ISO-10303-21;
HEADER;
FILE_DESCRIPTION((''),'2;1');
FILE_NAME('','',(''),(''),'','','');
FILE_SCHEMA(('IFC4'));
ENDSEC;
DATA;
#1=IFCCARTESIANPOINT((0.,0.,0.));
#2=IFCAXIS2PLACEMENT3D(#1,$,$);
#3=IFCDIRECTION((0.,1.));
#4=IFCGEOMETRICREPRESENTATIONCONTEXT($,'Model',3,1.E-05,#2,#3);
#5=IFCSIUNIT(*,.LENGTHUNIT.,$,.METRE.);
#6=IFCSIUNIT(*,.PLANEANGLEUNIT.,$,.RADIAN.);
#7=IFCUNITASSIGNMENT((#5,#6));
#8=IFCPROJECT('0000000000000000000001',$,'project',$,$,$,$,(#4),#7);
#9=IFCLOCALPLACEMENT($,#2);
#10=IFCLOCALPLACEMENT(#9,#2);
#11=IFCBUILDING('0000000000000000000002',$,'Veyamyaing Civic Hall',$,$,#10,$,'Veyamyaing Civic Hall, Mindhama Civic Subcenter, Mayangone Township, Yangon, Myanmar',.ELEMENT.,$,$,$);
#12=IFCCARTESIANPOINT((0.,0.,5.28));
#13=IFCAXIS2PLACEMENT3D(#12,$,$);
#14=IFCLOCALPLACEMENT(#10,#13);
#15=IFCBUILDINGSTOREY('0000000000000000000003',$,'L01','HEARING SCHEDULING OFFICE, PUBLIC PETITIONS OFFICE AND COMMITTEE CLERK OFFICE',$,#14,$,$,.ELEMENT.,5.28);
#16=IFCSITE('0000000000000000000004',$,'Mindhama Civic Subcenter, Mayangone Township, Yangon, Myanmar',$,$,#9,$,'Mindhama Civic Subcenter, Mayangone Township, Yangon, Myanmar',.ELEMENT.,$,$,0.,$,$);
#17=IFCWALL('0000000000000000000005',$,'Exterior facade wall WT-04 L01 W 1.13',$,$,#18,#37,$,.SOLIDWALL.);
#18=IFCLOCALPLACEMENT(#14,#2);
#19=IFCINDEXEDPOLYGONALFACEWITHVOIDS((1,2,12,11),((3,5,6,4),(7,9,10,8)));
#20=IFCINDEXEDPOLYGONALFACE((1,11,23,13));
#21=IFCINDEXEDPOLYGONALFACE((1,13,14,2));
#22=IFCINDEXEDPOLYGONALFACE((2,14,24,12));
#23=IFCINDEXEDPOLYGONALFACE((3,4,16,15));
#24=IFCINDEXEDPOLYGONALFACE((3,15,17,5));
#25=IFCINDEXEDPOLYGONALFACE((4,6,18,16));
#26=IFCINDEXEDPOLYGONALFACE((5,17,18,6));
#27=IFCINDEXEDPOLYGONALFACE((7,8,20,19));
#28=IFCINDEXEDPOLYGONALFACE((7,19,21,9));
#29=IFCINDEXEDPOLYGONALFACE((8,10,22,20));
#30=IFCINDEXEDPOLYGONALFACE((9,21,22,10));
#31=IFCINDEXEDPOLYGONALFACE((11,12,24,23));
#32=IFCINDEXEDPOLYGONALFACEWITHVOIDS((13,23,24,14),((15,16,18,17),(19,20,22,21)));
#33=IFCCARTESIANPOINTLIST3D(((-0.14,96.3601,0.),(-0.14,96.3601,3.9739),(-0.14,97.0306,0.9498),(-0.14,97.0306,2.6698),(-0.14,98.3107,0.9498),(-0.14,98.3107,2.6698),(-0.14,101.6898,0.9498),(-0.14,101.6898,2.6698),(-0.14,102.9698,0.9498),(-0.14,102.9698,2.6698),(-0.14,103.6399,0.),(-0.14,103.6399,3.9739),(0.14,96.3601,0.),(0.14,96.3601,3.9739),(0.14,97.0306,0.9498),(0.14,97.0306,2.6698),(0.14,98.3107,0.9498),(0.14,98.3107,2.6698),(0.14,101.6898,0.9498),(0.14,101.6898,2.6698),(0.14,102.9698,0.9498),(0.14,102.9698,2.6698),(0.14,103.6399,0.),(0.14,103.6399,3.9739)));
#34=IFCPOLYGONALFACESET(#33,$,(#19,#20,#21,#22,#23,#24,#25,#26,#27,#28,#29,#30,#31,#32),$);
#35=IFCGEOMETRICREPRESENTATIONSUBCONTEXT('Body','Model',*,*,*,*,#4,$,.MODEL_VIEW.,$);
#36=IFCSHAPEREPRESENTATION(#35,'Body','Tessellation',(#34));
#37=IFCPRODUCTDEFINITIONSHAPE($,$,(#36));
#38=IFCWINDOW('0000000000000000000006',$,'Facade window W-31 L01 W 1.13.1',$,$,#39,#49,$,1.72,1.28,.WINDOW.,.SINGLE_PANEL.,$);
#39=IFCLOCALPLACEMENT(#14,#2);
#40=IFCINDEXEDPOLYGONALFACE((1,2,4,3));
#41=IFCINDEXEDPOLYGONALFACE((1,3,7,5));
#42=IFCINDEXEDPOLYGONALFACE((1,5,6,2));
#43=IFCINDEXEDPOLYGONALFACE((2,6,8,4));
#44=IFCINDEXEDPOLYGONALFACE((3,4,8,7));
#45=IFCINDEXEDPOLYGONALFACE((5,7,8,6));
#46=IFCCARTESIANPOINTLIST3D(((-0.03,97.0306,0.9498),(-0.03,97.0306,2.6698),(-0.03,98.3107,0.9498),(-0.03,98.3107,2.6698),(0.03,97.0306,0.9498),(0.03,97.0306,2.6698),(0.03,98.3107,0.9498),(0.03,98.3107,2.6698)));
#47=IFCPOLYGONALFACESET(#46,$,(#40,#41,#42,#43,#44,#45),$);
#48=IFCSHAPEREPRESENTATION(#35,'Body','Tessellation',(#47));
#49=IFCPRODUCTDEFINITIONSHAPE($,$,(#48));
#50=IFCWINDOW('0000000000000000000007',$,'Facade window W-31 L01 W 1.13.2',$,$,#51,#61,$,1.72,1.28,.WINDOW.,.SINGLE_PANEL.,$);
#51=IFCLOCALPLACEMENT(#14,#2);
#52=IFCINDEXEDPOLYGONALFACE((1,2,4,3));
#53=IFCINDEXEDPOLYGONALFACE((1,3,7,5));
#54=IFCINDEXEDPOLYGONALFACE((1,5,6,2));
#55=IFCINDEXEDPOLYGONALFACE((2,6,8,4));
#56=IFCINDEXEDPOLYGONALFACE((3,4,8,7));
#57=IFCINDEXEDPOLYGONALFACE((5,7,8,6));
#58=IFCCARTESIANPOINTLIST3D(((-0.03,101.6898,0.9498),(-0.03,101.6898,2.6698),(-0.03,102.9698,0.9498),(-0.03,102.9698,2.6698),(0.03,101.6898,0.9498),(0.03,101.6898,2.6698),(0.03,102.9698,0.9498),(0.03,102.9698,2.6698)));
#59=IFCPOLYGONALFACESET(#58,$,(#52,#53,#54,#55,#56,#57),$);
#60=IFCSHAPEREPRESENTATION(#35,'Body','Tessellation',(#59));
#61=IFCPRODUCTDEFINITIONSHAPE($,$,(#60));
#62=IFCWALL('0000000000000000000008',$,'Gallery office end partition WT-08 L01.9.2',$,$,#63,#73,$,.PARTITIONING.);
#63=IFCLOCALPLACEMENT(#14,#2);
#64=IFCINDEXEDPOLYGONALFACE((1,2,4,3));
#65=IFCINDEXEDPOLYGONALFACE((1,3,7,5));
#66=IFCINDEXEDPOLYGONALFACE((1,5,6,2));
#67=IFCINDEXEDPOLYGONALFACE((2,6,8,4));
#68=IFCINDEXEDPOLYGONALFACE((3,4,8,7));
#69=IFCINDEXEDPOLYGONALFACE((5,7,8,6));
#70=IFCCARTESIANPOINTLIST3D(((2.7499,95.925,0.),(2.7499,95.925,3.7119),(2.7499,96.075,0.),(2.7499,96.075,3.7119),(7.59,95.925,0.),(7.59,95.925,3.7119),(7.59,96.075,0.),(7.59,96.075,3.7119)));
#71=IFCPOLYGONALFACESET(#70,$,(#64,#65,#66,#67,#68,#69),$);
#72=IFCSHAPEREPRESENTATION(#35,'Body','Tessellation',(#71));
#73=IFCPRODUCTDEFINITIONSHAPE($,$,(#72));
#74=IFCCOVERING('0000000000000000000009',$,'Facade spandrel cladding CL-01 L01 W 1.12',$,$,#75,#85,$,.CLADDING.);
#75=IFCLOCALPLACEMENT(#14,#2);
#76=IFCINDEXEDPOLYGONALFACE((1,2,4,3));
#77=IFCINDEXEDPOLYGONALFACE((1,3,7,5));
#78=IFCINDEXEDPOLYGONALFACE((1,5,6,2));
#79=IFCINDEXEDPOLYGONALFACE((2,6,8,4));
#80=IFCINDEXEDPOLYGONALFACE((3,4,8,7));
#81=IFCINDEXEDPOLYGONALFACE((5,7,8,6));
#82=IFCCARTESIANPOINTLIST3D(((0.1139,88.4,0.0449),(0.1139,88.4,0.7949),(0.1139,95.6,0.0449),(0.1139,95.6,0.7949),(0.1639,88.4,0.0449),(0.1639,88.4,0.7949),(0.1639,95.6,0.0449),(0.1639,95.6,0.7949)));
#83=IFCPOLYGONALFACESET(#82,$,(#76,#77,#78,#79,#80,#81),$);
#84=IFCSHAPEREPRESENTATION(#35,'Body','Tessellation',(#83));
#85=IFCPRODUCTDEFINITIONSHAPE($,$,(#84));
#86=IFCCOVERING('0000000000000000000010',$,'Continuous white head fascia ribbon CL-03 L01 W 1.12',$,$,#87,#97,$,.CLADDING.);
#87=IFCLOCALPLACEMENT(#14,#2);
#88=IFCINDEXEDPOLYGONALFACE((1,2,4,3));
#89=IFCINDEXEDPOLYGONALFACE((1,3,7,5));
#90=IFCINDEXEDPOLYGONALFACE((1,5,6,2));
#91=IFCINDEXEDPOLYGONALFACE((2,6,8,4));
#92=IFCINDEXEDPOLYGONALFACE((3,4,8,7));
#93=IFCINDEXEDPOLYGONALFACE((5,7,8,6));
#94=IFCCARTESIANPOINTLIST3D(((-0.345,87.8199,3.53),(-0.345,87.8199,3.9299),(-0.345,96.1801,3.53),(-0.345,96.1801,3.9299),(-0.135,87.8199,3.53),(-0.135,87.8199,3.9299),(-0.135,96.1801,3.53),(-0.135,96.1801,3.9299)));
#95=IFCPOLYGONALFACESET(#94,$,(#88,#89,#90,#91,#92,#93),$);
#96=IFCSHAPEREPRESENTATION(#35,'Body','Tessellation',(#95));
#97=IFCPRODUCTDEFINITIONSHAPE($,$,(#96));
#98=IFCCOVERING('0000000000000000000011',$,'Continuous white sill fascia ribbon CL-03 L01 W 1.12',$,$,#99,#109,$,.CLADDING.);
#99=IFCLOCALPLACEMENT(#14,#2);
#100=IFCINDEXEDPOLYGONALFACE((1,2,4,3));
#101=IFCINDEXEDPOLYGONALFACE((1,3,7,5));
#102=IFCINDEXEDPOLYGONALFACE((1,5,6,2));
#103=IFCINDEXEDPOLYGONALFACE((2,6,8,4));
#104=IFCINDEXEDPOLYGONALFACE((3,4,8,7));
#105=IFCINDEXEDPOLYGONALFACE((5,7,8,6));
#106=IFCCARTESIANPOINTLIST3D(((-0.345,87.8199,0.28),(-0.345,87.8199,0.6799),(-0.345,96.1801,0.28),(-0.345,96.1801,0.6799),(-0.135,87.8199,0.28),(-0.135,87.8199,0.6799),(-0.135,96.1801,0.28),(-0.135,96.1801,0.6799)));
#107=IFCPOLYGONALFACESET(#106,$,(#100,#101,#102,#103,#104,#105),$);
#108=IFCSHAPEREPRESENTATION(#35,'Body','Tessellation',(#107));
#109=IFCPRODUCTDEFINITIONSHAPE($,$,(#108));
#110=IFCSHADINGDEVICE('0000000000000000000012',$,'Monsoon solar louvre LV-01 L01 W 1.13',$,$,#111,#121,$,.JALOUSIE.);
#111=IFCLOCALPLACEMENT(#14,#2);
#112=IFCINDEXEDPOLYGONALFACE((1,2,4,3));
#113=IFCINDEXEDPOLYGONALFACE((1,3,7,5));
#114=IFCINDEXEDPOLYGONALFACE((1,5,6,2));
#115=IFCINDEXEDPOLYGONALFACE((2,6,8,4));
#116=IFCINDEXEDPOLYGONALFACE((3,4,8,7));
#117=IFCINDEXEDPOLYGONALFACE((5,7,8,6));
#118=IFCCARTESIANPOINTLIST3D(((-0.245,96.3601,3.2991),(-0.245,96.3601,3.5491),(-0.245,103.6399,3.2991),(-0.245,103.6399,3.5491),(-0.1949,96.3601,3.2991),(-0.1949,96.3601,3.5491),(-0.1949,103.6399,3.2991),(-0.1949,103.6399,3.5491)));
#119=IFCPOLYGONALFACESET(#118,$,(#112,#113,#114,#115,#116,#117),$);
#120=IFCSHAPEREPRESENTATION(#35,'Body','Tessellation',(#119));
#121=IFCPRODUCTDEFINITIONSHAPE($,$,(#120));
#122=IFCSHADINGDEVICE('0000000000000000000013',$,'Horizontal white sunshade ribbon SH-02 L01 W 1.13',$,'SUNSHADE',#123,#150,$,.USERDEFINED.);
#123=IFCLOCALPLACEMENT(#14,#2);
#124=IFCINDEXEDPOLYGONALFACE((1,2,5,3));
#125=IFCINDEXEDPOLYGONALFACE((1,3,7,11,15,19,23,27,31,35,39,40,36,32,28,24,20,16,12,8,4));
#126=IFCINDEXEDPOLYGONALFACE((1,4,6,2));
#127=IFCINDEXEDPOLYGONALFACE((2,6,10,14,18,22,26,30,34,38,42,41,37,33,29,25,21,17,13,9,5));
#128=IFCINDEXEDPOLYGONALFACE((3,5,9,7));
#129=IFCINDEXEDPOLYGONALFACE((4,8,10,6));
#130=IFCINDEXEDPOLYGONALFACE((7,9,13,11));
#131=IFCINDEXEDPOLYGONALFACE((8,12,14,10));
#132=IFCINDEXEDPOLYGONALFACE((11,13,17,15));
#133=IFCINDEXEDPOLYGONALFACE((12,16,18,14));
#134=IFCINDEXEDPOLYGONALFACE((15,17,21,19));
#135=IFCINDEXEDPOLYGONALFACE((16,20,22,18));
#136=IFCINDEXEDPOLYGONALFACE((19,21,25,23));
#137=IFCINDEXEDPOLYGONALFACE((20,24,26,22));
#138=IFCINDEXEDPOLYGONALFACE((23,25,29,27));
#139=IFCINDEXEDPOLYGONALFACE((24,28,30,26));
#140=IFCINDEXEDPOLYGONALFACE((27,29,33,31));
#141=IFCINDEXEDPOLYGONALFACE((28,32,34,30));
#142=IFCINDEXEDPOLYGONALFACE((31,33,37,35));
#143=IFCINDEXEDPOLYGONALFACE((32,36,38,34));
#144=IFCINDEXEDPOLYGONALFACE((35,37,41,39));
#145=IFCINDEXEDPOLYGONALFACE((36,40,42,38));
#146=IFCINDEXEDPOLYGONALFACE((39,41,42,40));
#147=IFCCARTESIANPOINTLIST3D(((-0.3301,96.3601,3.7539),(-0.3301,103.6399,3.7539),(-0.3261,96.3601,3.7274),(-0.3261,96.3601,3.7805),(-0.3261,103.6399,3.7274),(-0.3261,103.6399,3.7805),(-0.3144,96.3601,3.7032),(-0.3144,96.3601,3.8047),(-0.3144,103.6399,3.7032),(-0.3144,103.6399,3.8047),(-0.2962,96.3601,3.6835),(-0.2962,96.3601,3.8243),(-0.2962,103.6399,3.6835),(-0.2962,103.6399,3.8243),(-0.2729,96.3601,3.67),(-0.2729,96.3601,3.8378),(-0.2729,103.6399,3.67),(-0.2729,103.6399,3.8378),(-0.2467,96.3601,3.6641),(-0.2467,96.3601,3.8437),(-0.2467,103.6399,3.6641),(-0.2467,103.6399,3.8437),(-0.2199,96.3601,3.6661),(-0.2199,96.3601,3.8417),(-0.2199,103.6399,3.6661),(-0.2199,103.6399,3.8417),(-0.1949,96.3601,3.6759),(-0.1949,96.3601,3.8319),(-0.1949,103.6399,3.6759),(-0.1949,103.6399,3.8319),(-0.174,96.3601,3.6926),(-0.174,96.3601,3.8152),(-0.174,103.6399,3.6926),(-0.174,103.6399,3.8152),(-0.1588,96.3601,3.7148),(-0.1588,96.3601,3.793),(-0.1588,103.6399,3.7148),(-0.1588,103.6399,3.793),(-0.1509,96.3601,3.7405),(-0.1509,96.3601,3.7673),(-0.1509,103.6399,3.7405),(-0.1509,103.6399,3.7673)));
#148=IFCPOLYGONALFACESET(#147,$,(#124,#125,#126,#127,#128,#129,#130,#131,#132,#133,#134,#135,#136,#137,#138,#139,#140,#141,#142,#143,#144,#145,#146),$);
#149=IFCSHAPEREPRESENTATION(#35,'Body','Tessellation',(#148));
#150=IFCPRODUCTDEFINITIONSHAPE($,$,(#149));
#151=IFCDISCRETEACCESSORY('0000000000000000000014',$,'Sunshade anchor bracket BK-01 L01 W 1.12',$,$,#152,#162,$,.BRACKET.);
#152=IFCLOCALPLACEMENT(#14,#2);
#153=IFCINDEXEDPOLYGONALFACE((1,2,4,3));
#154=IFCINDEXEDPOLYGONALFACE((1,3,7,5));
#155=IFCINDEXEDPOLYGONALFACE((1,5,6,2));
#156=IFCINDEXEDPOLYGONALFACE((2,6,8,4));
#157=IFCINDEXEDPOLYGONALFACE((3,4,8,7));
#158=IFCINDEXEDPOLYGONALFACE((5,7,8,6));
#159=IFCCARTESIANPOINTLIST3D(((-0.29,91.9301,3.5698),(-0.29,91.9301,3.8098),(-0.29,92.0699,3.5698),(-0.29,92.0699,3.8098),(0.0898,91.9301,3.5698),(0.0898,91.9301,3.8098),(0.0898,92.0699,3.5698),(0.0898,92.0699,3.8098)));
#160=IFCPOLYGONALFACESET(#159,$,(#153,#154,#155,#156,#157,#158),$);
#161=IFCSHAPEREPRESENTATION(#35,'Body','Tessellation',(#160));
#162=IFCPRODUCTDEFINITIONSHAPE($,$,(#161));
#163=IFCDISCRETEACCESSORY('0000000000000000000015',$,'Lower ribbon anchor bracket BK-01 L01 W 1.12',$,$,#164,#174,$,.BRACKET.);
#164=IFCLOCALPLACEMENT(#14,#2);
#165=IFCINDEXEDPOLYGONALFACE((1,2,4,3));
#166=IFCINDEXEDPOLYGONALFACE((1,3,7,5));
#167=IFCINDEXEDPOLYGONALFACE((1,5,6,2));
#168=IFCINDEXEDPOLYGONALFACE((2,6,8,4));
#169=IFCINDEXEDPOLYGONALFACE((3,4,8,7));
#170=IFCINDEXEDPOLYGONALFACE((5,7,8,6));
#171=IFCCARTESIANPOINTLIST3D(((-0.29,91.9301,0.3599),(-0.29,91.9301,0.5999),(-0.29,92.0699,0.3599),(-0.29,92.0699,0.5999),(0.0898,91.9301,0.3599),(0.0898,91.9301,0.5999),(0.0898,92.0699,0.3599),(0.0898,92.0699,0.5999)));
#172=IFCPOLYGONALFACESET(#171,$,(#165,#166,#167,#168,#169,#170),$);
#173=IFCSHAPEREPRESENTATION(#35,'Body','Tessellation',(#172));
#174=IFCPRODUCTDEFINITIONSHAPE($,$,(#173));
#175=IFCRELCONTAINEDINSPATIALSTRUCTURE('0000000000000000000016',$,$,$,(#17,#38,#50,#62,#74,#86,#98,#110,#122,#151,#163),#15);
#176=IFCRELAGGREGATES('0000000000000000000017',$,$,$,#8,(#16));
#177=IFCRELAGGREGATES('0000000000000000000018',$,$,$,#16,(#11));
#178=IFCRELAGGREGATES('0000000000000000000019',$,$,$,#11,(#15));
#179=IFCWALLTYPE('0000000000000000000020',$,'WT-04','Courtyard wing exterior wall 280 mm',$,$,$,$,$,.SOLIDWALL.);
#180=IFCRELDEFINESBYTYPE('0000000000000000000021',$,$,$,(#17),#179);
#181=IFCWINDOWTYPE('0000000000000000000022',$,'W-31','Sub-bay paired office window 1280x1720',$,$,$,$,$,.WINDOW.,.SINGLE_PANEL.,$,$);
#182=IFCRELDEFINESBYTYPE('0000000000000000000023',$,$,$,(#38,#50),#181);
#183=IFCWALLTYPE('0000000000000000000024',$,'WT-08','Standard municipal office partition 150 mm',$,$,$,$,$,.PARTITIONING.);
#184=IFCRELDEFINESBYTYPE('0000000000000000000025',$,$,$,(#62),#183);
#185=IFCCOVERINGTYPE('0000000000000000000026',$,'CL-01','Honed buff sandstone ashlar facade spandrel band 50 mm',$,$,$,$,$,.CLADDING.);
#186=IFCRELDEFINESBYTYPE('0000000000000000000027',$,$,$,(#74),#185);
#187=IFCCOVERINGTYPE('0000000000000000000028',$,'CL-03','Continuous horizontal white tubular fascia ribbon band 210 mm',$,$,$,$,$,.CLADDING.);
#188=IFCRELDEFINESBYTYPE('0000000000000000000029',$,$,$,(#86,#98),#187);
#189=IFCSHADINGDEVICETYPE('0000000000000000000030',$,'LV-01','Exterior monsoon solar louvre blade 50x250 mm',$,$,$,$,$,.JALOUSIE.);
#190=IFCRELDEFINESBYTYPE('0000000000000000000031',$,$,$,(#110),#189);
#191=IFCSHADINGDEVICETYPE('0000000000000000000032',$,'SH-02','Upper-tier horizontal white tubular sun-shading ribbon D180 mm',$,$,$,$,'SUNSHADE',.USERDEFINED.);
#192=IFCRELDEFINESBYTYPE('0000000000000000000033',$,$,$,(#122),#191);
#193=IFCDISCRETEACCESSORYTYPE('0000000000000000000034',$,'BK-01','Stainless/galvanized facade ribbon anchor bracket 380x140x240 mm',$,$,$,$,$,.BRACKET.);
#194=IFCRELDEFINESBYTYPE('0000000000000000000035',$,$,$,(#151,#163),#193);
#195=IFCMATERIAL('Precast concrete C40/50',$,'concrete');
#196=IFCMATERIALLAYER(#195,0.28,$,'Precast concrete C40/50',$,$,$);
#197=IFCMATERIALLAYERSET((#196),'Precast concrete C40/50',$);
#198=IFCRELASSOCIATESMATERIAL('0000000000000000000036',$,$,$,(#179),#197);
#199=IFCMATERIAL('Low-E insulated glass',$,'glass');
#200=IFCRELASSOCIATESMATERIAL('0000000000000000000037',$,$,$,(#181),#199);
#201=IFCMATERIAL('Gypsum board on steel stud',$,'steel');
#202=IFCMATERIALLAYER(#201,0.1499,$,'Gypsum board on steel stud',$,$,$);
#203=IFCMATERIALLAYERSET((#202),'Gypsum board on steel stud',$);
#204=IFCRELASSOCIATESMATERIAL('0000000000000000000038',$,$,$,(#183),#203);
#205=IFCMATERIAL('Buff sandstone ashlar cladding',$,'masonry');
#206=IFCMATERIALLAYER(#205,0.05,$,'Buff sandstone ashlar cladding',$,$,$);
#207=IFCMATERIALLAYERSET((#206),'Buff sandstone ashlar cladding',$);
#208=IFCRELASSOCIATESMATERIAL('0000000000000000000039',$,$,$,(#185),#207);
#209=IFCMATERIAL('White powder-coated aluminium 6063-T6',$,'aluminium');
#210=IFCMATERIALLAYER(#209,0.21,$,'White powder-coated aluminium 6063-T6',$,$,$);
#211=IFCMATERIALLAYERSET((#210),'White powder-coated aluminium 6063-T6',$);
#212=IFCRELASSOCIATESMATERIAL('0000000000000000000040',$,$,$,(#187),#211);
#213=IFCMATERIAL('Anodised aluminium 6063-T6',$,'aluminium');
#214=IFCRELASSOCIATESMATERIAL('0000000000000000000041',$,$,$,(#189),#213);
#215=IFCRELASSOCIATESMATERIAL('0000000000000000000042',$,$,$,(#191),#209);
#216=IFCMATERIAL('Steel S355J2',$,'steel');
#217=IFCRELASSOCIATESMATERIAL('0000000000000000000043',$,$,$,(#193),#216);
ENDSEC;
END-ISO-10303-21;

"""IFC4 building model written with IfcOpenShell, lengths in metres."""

from ifc_helpers import new_model, si_unit, direction, frame, frame_2d, origin, origin_2d, place, context, subcontext, project, spatial, rectangle, circle, extrude, material, layer, layer_set, material_profile, profile_set, type_object, element, fill, save


model = new_model("IFC4")

# Units and contexts
model_context = context("Model", 3, precision=1e-05, world=origin(), true_north=direction((0.0, 1.0)))
body_context = subcontext(model_context, "Body", "Model", "MODEL_VIEW")
ifc_project = project(units=[si_unit("LENGTHUNIT", "METRE"), si_unit("PLANEANGLEUNIT", "RADIAN")], contexts=[model_context])

# Site, building, storey
site_placement = place(None, origin())
site = spatial("IfcSite", under=ifc_project, at=site_placement, Name="Mindhama Civic Subcenter, Mayangone Township, Yangon, Myanmar", LongName="Mindhama Civic Subcenter, Mayangone Township, Yangon, Myanmar", CompositionType="ELEMENT", RefElevation=0.0)
building_placement = place(site_placement, origin())
building = spatial("IfcBuilding", under=site, at=building_placement, Name="Veyamyaing Civic Hall", LongName="Veyamyaing Civic Hall, Mindhama Civic Subcenter, Mayangone Township, Yangon, Myanmar", CompositionType="ELEMENT")
storey_placement = place(building_placement, frame((0.0, 0.0, 5.28)))
storey = spatial("IfcBuildingStorey", under=building, at=storey_placement, Name="L01", Description="HEARING SCHEDULING OFFICE, PUBLIC PETITIONS OFFICE AND COMMITTEE CLERK OFFICE", CompositionType="ELEMENT", Elevation=5.28)

# Shared definitions
ifc_material_1 = material(Name="Steel S355J2", Category="steel")

# Wall, openings, windows
ifc_material_2 = material(Name="Precast concrete C40/50", Category="concrete")
ifc_layer_1 = layer(ifc_material_2, 0.28, Name="Precast concrete C40/50")
ifc_layer_set_1 = layer_set([ifc_layer_1], Name="Precast concrete C40/50")
wall_type_1 = type_object("IfcWallType", Name="WT-04", Description="Courtyard wing exterior wall 280 mm", PredefinedType="SOLIDWALL", material=ifc_layer_set_1)
wall_1_placement = place(storey_placement, frame((0.0, 96.3601, 0.0), z_axis=(0.0, 0.0, 1.0), x_axis=(0.0, 1.0, 0.0)))
wall_1 = element("IfcWall", 1, at=wall_1_placement, inside=storey, type_object=wall_type_1, Name="Exterior facade wall WT-04 L01 W 1.13", PredefinedType="SOLIDWALL", context=body_context, shape_type="SweptSolid", body=[
    extrude(rectangle(XDim=7.2798, YDim=0.28, at=frame_2d((3.6399, 0.0))), origin(), (0.0, 0.0, 1.0), 3.9739),
])
opening_1_placement = place(wall_1_placement, frame((0.6704, 0.0, 0.95)))
opening_1 = element("IfcOpeningElement", 2, at=opening_1_placement, cuts=wall_1, PredefinedType="OPENING", context=body_context, shape_type="SweptSolid", body=[
    extrude(rectangle(XDim=1.28, YDim=1.72, at=frame_2d((0.6401, 0.8599))), frame((0.0, 0.1499, 0.0), z_axis=(0.0, -1.0, 0.0), x_axis=(1.0, 0.0, 0.0)), (0.0, 0.0, 1.0), 0.3),
])
opening_2_placement = place(wall_1_placement, frame((5.3296, 0.0, 0.95)))
opening_2 = element("IfcOpeningElement", 3, at=opening_2_placement, cuts=wall_1, PredefinedType="OPENING", context=body_context, shape_type="SweptSolid", body=[
    extrude(rectangle(XDim=1.28, YDim=1.72, at=frame_2d((0.6401, 0.8599))), frame((0.0, 0.1499, 0.0), z_axis=(0.0, -1.0, 0.0), x_axis=(1.0, 0.0, 0.0)), (0.0, 0.0, 1.0), 0.3),
])
ifc_material_3 = material(Name="Low-E insulated glass", Category="glass")
window_type = type_object("IfcWindowType", Name="W-31", Description="Sub-bay paired office window 1280x1720", PartitioningType="SINGLE_PANEL", PredefinedType="WINDOW", material=ifc_material_3)
window_1_placement = place(opening_1_placement, origin())
window_1 = element("IfcWindow", 4, at=window_1_placement, inside=storey, type_object=window_type, Name="Facade window W-31 L01 W 1.13.1", OverallHeight=1.72, OverallWidth=1.28, PartitioningType="SINGLE_PANEL", PredefinedType="WINDOW", context=body_context, shape_type="SweptSolid", body=[
    extrude(rectangle(XDim=1.28, YDim=1.72, at=frame_2d((0.6401, 0.8599))), frame((0.0, 0.03, 0.0), z_axis=(0.0, -1.0, 0.0), x_axis=(1.0, 0.0, 0.0)), (0.0, 0.0, 1.0), 0.0601),
])
fill(opening_1, window_1)
window_2_placement = place(opening_2_placement, origin())
window_2 = element("IfcWindow", 5, at=window_2_placement, inside=storey, type_object=window_type, Name="Facade window W-31 L01 W 1.13.2", OverallHeight=1.72, OverallWidth=1.28, PartitioningType="SINGLE_PANEL", PredefinedType="WINDOW", context=body_context, shape_type="SweptSolid", body=[
    extrude(rectangle(XDim=1.28, YDim=1.72, at=frame_2d((0.6401, 0.8599))), frame((0.0, 0.03, 0.0), z_axis=(0.0, -1.0, 0.0), x_axis=(1.0, 0.0, 0.0)), (0.0, 0.0, 1.0), 0.0601),
])
fill(opening_2, window_2)

# Wall
ifc_material_4 = material(Name="Gypsum board on steel stud", Category="steel")
ifc_layer_2 = layer(ifc_material_4, 0.1499, Name="Gypsum board on steel stud")
ifc_layer_set_2 = layer_set([ifc_layer_2], Name="Gypsum board on steel stud")
wall_type_2 = type_object("IfcWallType", Name="WT-08", Description="Standard municipal office partition 150 mm", PredefinedType="PARTITIONING", material=ifc_layer_set_2)
wall_2_placement = place(storey_placement, frame((2.75, 96.0, 0.0), z_axis=(0.0, 0.0, 1.0), x_axis=(1.0, 0.0, 0.0)))
element("IfcWall", 6, at=wall_2_placement, inside=storey, type_object=wall_type_2, Name="Gallery office end partition WT-08 L01.9.2", PredefinedType="PARTITIONING", context=body_context, shape_type="SweptSolid", body=[
    extrude(rectangle(XDim=4.8401, YDim=0.1499, at=frame_2d((2.4199, 0.0))), origin(), (0.0, 0.0, 1.0), 3.7119),
])

# Coverings
ifc_material_5 = material(Name="Buff sandstone ashlar cladding", Category="masonry")
ifc_layer_3 = layer(ifc_material_5, 0.05, Name="Buff sandstone ashlar cladding")
ifc_layer_set_3 = layer_set([ifc_layer_3], Name="Buff sandstone ashlar cladding")
covering_type_1 = type_object("IfcCoveringType", Name="CL-01", Description="Honed buff sandstone ashlar facade spandrel band 50 mm", PredefinedType="CLADDING", material=ifc_layer_set_3)
covering_placement = place(storey_placement, frame((0.1389, 92.0, 0.0449), z_axis=(0.0, 0.0, 1.0), x_axis=(0.0, 1.0, 0.0)))
element("IfcCovering", 7, at=covering_placement, inside=storey, type_object=covering_type_1, Name="Facade spandrel cladding CL-01 L01 W 1.12", PredefinedType="CLADDING", context=body_context, shape_type="SweptSolid", body=[
    extrude(rectangle(XDim=7.2, YDim=0.05, at=origin_2d()), origin(), (0.0, 0.0, 1.0), 0.75),
])
ifc_material_6 = material(Name="White powder-coated aluminium 6063-T6", Category="aluminium")
ifc_layer_4 = layer(ifc_material_6, 0.21, Name="White powder-coated aluminium 6063-T6")
ifc_layer_set_4 = layer_set([ifc_layer_4], Name="White powder-coated aluminium 6063-T6")
covering_type_2 = type_object("IfcCoveringType", Name="CL-03", Description="Continuous horizontal white tubular fascia ribbon band 210 mm", PredefinedType="CLADDING", material=ifc_layer_set_4)
for number, where, z_axis, x_axis, name in (
    (8, (-0.24, 92.0, 3.53), (0.0, 0.0, 1.0), (0.0, 1.0, 0.0), "Continuous white head fascia ribbon CL-03 L01 W 1.12"),
    (9, (-0.24, 92.0, 0.28), (0.0, 0.0, 1.0), (0.0, 1.0, 0.0), "Continuous white sill fascia ribbon CL-03 L01 W 1.12"),
):
    element("IfcCovering", number, at=place(storey_placement, frame(where, z_axis=z_axis, x_axis=x_axis)), inside=storey, type_object=covering_type_2, Name=name, PredefinedType="CLADDING", context=body_context, shape_type="SweptSolid", body=[
        extrude(rectangle(XDim=8.3601, YDim=0.21, at=origin_2d()), origin(), (0.0, 0.0, 1.0), 0.3999),
    ])

# Shading devices
ifc_material_7 = material(Name="Anodised aluminium 6063-T6", Category="aluminium")
ifc_material_profile_1 = material_profile(ifc_material_7, rectangle(XDim=0.05, YDim=0.25, at=origin_2d()), Name="LOUVRE-BLADE-50X250")
ifc_profile_set_1 = profile_set([ifc_material_profile_1], Name="Anodised aluminium 6063-T6")
shading_device_type_1 = type_object("IfcShadingDeviceType", Name="LV-01", Description="Exterior monsoon solar louvre blade 50x250 mm", PredefinedType="JALOUSIE", material=ifc_profile_set_1)
shading_device_1_placement = place(storey_placement, frame((-0.22, 96.3601, 3.4241), z_axis=(0.0, 1.0, 0.0), x_axis=(-1.0, 0.0, 0.0)))
element("IfcShadingDevice", 10, at=shading_device_1_placement, inside=storey, type_object=shading_device_type_1, Name="Monsoon solar louvre LV-01 L01 W 1.13", PredefinedType="JALOUSIE", context=body_context, shape_type="SweptSolid", body=[
    extrude(rectangle(XDim=0.05, YDim=0.25, at=origin_2d()), origin(), (0.0, 0.0, 1.0), 7.2798),
])
ifc_material_profile_2 = material_profile(ifc_material_6, circle(Radius=0.0901, at=origin_2d()), Name="SHADE-TUBE-180")
ifc_profile_set_2 = profile_set([ifc_material_profile_2], Name="White powder-coated aluminium 6063-T6")
shading_device_type_2 = type_object("IfcShadingDeviceType", Name="SH-02", Description="Upper-tier horizontal white tubular sun-shading ribbon D180 mm", ElementType="SUNSHADE", PredefinedType="USERDEFINED", material=ifc_profile_set_2)
shading_device_2_placement = place(storey_placement, frame((-0.24, 96.3601, 3.7539), z_axis=(0.0, 1.0, 0.0), x_axis=(-1.0, 0.0, 0.0)))
element("IfcShadingDevice", 11, at=shading_device_2_placement, inside=storey, type_object=shading_device_type_2, Name="Horizontal white sunshade ribbon SH-02 L01 W 1.13", ObjectType="SUNSHADE", PredefinedType="USERDEFINED", context=body_context, shape_type="SweptSolid", body=[
    extrude(circle(Radius=0.0901, at=origin_2d()), origin(), (0.0, 0.0, 1.0), 7.2798),
])

# Discrete accessories
discrete_accessory_type = type_object("IfcDiscreteAccessoryType", Name="BK-01", Description="Stainless/galvanized facade ribbon anchor bracket 380x140x240 mm", PredefinedType="BRACKET", material=ifc_material_1)
for number, where, z_axis, x_axis, name in (
    (12, (-0.1001, 92.0, 3.5698), (0.0, 0.0, 1.0), (-1.0, 0.0, 0.0), "Sunshade anchor bracket BK-01 L01 W 1.12"),
    (13, (-0.1001, 92.0, 0.3599), (0.0, 0.0, 1.0), (-1.0, 0.0, 0.0), "Lower ribbon anchor bracket BK-01 L01 W 1.12"),
):
    element("IfcDiscreteAccessory", number, at=place(storey_placement, frame(where, z_axis=z_axis, x_axis=x_axis)), inside=storey, type_object=discrete_accessory_type, Name=name, PredefinedType="BRACKET", context=body_context, shape_type="SweptSolid", body=[
        extrude(rectangle(XDim=0.3799, YDim=0.1399, at=origin_2d()), origin(), (0.0, 0.0, 1.0), 0.24),
    ])

save(model, "model.ifc")
